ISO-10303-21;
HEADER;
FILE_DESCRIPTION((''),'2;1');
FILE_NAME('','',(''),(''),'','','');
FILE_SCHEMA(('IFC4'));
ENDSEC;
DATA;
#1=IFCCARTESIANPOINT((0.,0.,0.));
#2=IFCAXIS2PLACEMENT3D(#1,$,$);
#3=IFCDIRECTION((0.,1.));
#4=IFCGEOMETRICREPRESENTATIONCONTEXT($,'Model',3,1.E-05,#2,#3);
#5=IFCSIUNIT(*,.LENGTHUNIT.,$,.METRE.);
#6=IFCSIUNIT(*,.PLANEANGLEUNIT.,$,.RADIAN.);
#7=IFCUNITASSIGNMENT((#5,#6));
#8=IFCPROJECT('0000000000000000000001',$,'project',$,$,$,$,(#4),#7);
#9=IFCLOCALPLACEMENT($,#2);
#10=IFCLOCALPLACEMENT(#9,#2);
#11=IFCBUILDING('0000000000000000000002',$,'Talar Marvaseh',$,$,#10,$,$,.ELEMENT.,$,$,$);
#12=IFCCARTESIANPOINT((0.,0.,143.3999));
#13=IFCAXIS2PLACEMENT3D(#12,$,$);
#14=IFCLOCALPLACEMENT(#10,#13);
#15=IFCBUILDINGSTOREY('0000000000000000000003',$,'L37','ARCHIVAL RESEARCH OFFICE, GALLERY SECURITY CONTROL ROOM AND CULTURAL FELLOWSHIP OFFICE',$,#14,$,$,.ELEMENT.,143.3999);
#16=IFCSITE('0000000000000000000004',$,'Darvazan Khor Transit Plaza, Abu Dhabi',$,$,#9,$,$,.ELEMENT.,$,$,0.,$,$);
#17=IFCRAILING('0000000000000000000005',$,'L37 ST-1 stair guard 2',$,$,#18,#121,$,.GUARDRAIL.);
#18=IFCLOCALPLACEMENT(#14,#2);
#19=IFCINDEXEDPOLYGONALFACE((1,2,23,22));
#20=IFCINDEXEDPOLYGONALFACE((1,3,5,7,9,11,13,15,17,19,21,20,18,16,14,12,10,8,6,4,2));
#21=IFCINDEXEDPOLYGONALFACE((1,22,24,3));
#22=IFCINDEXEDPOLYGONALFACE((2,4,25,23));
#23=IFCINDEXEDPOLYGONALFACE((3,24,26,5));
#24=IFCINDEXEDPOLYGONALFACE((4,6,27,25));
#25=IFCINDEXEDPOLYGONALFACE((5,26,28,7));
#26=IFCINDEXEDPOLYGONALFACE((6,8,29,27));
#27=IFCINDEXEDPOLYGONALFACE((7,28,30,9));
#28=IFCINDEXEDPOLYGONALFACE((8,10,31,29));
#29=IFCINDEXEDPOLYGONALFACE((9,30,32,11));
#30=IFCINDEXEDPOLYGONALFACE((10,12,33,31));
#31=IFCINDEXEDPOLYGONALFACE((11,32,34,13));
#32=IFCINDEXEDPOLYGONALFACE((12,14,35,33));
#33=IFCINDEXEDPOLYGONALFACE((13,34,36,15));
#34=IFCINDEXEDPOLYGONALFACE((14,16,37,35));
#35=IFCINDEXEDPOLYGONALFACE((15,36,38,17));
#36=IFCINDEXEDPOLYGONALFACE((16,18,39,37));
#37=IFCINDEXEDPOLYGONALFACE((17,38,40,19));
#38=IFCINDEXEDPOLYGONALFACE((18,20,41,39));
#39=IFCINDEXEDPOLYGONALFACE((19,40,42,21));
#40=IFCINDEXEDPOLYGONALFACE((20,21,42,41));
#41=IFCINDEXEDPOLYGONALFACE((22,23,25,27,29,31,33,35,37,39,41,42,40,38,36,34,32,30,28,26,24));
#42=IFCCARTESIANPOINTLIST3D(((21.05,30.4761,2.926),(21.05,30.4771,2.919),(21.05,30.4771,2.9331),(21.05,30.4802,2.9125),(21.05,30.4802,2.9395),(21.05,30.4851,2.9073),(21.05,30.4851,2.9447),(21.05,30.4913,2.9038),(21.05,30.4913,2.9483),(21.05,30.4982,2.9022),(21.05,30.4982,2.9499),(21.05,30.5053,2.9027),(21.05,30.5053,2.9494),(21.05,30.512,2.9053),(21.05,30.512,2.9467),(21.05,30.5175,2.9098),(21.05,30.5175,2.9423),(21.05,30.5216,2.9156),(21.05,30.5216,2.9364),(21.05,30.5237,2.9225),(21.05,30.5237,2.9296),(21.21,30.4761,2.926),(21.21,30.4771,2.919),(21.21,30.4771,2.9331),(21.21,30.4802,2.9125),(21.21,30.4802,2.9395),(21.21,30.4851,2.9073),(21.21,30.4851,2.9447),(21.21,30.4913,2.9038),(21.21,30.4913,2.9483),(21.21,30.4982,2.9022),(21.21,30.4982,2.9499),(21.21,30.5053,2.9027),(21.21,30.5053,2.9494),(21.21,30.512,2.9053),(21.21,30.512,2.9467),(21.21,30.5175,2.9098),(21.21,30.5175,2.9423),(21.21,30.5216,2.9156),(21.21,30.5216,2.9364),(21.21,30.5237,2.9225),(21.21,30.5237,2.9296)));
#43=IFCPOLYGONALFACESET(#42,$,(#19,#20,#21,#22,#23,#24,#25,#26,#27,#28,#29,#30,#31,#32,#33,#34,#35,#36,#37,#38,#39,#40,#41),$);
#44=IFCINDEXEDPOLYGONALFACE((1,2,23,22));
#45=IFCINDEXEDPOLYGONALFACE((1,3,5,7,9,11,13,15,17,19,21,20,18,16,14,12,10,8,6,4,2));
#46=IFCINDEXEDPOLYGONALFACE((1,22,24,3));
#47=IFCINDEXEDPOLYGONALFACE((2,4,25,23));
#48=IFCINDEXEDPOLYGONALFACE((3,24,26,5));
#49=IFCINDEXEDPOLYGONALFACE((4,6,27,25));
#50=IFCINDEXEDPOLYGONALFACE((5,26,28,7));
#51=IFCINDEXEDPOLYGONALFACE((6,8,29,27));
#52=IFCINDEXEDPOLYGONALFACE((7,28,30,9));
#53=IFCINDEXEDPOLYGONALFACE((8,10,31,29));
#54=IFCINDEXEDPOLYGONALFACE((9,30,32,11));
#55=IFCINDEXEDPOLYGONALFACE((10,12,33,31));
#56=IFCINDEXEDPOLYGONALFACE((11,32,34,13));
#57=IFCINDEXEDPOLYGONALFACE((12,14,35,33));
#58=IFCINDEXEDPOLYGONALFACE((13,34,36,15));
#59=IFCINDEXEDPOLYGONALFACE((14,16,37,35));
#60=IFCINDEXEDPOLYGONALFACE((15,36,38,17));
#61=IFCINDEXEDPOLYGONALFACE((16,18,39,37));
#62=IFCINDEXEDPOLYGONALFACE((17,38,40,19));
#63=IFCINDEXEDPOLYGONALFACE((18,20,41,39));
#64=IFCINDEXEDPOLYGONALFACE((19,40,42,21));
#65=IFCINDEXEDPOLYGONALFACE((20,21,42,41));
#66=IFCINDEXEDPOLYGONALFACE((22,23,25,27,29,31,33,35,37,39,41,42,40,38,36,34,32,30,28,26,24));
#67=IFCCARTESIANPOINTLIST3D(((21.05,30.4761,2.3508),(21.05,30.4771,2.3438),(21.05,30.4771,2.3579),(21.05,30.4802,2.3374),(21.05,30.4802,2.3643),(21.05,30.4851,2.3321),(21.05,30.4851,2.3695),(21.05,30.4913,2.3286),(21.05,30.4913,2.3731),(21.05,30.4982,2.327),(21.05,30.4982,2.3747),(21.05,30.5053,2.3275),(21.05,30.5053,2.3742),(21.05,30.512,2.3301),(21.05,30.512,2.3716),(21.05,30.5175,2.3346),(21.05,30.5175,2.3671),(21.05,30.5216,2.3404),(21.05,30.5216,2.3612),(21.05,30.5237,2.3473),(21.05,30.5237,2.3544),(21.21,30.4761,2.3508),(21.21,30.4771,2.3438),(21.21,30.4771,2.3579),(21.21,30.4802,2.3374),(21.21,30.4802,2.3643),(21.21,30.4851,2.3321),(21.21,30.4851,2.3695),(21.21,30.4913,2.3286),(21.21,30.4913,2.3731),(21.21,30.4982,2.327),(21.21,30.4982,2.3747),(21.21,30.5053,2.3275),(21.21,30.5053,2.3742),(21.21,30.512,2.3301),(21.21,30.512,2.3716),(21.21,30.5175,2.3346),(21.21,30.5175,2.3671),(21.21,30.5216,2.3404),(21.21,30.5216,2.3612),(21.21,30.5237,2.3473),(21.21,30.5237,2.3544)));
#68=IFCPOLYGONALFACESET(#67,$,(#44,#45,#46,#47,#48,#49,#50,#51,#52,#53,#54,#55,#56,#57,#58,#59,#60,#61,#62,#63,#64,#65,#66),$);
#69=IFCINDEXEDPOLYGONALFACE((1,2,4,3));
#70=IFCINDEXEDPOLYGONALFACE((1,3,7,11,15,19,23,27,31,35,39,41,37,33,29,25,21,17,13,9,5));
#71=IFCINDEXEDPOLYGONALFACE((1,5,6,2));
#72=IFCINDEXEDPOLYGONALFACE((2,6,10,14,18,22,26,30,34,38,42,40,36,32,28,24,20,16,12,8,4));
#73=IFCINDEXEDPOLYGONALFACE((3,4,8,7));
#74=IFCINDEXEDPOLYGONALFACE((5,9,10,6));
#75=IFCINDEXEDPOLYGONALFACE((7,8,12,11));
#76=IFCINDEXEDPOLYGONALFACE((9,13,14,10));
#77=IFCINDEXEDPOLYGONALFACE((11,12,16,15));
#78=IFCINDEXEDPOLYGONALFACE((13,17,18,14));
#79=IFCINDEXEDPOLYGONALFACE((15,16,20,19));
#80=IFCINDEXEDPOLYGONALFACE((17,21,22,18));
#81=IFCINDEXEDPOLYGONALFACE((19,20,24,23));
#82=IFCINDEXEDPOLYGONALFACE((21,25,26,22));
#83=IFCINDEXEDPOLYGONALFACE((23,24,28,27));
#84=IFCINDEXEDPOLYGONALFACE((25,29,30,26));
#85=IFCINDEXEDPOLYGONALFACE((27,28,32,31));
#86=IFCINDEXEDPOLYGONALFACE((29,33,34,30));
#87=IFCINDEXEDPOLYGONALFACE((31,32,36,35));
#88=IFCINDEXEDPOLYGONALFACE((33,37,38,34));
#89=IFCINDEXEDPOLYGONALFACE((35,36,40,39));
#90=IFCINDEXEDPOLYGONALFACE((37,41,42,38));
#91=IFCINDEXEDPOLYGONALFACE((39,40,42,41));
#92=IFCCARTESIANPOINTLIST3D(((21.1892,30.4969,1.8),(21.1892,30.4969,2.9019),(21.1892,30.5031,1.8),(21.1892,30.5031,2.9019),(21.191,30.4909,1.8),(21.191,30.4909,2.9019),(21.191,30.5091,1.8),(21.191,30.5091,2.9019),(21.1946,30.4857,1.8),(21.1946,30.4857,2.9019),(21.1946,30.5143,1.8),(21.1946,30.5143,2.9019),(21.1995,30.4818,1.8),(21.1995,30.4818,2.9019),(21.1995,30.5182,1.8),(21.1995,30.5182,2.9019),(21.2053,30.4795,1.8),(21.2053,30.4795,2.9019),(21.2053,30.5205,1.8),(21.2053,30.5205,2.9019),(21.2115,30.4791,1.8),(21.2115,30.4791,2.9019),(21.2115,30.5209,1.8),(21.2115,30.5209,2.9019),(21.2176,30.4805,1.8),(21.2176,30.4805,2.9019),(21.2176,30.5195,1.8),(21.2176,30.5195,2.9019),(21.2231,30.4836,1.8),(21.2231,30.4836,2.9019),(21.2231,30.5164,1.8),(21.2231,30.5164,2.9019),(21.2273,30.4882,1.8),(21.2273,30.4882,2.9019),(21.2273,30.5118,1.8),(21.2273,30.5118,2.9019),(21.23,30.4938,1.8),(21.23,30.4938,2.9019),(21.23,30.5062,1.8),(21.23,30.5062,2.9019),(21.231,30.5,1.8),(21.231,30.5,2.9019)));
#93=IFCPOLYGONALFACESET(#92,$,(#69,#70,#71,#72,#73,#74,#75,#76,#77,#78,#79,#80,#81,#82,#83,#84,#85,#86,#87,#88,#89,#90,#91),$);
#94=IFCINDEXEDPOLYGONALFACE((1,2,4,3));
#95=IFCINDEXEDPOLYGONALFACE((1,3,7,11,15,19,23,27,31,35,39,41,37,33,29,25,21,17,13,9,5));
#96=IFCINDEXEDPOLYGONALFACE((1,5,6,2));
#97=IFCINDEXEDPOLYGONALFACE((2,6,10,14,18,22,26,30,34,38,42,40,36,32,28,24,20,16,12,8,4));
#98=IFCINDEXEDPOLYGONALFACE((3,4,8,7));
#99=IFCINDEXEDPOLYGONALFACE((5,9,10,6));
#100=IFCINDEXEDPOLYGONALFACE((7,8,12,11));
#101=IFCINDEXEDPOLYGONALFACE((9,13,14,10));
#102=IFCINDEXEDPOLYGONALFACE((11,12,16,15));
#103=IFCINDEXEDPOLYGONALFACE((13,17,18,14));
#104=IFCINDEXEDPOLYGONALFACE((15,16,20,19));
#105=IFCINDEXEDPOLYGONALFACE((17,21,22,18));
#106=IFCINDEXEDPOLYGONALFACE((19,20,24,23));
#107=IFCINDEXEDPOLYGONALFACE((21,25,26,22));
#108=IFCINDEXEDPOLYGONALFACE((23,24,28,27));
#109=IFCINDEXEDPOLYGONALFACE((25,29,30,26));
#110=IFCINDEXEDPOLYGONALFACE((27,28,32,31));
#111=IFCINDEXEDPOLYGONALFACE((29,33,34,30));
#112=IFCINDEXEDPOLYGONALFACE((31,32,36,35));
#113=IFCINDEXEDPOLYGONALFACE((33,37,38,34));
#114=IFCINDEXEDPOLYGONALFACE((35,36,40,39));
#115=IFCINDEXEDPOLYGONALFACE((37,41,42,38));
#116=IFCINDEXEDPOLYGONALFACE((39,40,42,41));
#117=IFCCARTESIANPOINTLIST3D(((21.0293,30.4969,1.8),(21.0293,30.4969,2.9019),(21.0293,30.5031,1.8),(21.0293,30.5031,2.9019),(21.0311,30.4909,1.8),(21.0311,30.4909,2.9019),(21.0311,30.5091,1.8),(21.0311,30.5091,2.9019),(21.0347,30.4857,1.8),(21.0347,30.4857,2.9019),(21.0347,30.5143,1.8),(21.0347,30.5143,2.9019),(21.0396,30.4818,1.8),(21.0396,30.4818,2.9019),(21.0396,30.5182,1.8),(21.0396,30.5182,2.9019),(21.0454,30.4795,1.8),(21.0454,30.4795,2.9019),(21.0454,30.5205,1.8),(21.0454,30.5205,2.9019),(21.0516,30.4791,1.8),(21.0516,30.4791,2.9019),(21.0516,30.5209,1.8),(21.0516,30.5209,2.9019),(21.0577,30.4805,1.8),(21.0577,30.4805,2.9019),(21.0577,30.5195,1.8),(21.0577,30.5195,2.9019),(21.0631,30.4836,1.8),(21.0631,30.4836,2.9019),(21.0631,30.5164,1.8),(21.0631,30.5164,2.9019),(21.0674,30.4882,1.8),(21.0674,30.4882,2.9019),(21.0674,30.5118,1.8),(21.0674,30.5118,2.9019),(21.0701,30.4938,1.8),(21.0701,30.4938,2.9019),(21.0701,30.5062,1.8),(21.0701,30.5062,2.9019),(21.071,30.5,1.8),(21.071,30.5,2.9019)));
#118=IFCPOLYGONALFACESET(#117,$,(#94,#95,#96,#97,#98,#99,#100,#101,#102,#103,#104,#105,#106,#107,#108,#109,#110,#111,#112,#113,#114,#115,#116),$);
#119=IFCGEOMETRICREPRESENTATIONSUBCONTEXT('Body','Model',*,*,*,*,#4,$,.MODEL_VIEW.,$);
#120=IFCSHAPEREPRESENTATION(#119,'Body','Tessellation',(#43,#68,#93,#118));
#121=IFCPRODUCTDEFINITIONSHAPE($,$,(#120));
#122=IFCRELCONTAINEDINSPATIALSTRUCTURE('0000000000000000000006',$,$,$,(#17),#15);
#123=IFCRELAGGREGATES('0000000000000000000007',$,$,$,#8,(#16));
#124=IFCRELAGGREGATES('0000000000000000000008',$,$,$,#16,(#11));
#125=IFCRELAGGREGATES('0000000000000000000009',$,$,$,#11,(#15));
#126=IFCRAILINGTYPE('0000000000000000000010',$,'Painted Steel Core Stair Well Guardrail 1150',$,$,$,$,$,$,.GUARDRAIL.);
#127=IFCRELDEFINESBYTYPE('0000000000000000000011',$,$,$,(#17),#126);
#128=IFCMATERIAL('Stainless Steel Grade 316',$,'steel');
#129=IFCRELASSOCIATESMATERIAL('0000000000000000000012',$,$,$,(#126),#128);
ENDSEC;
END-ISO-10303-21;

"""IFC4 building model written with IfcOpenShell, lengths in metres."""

from ifc_helpers import new_model, si_unit, direction, frame, origin, origin_2d, place, context, subcontext, project, spatial, circle, extrude, material, type_object, element, save


model = new_model("IFC4")

# Units and contexts
model_context = context("Model", 3, precision=1e-05, world=origin(), true_north=direction((0.0, 1.0)))
body_context = subcontext(model_context, "Body", "Model", "MODEL_VIEW")
ifc_project = project(units=[si_unit("LENGTHUNIT", "METRE"), si_unit("PLANEANGLEUNIT", "RADIAN")], contexts=[model_context])

# Site, building, storey
site_placement = place(None, origin())
site = spatial("IfcSite", under=ifc_project, at=site_placement, Name="Darvazan Khor Transit Plaza, Abu Dhabi", CompositionType="ELEMENT", RefElevation=0.0)
building_placement = place(site_placement, origin())
building = spatial("IfcBuilding", under=site, at=building_placement, Name="Talar Marvaseh", CompositionType="ELEMENT")
storey_placement = place(building_placement, frame((0.0, 0.0, 143.3999)))
storey = spatial("IfcBuildingStorey", under=building, at=storey_placement, Name="L37", Description="ARCHIVAL RESEARCH OFFICE, GALLERY SECURITY CONTROL ROOM AND CULTURAL FELLOWSHIP OFFICE", CompositionType="ELEMENT", Elevation=143.3999)

# Railing
ifc_material_1 = material(Name="Stainless Steel Grade 316", Category="steel")
railing_type_1 = type_object("IfcRailingType", Name="Painted Steel Core Stair Well Guardrail 1150", PredefinedType="GUARDRAIL", material=ifc_material_1)
railing_1_placement = place(storey_placement, frame((21.21, 30.5, 1.8)))
element("IfcRailing", 1, at=railing_1_placement, inside=storey, type_object=railing_type_1, Name="L37 ST-1 stair guard 2", PredefinedType="GUARDRAIL", context=body_context, shape_type="SweptSolid", body=[
    extrude(circle(Radius=0.0239, at=origin_2d()), frame((0.0, 0.0, 1.126), z_axis=(-1.0, 0.0, 0.0), x_axis=(0.0, -1.0, 0.0)), (0.0, 0.0, 1.0), 0.1599),
    extrude(circle(Radius=0.0239, at=origin_2d()), frame((0.0, 0.0, 0.5508), z_axis=(-1.0, 0.0, 0.0), x_axis=(0.0, -1.0, 0.0)), (0.0, 0.0, 1.0), 0.1599),
    extrude(circle(Radius=0.021, at=origin_2d()), origin(), (0.0, 0.0, 1.0), 1.1018),
    extrude(circle(Radius=0.021, at=origin_2d()), frame((-0.1599, 0.0, 0.0)), (0.0, 0.0, 1.0), 1.1018),
])

save(model, "model.ifc")
